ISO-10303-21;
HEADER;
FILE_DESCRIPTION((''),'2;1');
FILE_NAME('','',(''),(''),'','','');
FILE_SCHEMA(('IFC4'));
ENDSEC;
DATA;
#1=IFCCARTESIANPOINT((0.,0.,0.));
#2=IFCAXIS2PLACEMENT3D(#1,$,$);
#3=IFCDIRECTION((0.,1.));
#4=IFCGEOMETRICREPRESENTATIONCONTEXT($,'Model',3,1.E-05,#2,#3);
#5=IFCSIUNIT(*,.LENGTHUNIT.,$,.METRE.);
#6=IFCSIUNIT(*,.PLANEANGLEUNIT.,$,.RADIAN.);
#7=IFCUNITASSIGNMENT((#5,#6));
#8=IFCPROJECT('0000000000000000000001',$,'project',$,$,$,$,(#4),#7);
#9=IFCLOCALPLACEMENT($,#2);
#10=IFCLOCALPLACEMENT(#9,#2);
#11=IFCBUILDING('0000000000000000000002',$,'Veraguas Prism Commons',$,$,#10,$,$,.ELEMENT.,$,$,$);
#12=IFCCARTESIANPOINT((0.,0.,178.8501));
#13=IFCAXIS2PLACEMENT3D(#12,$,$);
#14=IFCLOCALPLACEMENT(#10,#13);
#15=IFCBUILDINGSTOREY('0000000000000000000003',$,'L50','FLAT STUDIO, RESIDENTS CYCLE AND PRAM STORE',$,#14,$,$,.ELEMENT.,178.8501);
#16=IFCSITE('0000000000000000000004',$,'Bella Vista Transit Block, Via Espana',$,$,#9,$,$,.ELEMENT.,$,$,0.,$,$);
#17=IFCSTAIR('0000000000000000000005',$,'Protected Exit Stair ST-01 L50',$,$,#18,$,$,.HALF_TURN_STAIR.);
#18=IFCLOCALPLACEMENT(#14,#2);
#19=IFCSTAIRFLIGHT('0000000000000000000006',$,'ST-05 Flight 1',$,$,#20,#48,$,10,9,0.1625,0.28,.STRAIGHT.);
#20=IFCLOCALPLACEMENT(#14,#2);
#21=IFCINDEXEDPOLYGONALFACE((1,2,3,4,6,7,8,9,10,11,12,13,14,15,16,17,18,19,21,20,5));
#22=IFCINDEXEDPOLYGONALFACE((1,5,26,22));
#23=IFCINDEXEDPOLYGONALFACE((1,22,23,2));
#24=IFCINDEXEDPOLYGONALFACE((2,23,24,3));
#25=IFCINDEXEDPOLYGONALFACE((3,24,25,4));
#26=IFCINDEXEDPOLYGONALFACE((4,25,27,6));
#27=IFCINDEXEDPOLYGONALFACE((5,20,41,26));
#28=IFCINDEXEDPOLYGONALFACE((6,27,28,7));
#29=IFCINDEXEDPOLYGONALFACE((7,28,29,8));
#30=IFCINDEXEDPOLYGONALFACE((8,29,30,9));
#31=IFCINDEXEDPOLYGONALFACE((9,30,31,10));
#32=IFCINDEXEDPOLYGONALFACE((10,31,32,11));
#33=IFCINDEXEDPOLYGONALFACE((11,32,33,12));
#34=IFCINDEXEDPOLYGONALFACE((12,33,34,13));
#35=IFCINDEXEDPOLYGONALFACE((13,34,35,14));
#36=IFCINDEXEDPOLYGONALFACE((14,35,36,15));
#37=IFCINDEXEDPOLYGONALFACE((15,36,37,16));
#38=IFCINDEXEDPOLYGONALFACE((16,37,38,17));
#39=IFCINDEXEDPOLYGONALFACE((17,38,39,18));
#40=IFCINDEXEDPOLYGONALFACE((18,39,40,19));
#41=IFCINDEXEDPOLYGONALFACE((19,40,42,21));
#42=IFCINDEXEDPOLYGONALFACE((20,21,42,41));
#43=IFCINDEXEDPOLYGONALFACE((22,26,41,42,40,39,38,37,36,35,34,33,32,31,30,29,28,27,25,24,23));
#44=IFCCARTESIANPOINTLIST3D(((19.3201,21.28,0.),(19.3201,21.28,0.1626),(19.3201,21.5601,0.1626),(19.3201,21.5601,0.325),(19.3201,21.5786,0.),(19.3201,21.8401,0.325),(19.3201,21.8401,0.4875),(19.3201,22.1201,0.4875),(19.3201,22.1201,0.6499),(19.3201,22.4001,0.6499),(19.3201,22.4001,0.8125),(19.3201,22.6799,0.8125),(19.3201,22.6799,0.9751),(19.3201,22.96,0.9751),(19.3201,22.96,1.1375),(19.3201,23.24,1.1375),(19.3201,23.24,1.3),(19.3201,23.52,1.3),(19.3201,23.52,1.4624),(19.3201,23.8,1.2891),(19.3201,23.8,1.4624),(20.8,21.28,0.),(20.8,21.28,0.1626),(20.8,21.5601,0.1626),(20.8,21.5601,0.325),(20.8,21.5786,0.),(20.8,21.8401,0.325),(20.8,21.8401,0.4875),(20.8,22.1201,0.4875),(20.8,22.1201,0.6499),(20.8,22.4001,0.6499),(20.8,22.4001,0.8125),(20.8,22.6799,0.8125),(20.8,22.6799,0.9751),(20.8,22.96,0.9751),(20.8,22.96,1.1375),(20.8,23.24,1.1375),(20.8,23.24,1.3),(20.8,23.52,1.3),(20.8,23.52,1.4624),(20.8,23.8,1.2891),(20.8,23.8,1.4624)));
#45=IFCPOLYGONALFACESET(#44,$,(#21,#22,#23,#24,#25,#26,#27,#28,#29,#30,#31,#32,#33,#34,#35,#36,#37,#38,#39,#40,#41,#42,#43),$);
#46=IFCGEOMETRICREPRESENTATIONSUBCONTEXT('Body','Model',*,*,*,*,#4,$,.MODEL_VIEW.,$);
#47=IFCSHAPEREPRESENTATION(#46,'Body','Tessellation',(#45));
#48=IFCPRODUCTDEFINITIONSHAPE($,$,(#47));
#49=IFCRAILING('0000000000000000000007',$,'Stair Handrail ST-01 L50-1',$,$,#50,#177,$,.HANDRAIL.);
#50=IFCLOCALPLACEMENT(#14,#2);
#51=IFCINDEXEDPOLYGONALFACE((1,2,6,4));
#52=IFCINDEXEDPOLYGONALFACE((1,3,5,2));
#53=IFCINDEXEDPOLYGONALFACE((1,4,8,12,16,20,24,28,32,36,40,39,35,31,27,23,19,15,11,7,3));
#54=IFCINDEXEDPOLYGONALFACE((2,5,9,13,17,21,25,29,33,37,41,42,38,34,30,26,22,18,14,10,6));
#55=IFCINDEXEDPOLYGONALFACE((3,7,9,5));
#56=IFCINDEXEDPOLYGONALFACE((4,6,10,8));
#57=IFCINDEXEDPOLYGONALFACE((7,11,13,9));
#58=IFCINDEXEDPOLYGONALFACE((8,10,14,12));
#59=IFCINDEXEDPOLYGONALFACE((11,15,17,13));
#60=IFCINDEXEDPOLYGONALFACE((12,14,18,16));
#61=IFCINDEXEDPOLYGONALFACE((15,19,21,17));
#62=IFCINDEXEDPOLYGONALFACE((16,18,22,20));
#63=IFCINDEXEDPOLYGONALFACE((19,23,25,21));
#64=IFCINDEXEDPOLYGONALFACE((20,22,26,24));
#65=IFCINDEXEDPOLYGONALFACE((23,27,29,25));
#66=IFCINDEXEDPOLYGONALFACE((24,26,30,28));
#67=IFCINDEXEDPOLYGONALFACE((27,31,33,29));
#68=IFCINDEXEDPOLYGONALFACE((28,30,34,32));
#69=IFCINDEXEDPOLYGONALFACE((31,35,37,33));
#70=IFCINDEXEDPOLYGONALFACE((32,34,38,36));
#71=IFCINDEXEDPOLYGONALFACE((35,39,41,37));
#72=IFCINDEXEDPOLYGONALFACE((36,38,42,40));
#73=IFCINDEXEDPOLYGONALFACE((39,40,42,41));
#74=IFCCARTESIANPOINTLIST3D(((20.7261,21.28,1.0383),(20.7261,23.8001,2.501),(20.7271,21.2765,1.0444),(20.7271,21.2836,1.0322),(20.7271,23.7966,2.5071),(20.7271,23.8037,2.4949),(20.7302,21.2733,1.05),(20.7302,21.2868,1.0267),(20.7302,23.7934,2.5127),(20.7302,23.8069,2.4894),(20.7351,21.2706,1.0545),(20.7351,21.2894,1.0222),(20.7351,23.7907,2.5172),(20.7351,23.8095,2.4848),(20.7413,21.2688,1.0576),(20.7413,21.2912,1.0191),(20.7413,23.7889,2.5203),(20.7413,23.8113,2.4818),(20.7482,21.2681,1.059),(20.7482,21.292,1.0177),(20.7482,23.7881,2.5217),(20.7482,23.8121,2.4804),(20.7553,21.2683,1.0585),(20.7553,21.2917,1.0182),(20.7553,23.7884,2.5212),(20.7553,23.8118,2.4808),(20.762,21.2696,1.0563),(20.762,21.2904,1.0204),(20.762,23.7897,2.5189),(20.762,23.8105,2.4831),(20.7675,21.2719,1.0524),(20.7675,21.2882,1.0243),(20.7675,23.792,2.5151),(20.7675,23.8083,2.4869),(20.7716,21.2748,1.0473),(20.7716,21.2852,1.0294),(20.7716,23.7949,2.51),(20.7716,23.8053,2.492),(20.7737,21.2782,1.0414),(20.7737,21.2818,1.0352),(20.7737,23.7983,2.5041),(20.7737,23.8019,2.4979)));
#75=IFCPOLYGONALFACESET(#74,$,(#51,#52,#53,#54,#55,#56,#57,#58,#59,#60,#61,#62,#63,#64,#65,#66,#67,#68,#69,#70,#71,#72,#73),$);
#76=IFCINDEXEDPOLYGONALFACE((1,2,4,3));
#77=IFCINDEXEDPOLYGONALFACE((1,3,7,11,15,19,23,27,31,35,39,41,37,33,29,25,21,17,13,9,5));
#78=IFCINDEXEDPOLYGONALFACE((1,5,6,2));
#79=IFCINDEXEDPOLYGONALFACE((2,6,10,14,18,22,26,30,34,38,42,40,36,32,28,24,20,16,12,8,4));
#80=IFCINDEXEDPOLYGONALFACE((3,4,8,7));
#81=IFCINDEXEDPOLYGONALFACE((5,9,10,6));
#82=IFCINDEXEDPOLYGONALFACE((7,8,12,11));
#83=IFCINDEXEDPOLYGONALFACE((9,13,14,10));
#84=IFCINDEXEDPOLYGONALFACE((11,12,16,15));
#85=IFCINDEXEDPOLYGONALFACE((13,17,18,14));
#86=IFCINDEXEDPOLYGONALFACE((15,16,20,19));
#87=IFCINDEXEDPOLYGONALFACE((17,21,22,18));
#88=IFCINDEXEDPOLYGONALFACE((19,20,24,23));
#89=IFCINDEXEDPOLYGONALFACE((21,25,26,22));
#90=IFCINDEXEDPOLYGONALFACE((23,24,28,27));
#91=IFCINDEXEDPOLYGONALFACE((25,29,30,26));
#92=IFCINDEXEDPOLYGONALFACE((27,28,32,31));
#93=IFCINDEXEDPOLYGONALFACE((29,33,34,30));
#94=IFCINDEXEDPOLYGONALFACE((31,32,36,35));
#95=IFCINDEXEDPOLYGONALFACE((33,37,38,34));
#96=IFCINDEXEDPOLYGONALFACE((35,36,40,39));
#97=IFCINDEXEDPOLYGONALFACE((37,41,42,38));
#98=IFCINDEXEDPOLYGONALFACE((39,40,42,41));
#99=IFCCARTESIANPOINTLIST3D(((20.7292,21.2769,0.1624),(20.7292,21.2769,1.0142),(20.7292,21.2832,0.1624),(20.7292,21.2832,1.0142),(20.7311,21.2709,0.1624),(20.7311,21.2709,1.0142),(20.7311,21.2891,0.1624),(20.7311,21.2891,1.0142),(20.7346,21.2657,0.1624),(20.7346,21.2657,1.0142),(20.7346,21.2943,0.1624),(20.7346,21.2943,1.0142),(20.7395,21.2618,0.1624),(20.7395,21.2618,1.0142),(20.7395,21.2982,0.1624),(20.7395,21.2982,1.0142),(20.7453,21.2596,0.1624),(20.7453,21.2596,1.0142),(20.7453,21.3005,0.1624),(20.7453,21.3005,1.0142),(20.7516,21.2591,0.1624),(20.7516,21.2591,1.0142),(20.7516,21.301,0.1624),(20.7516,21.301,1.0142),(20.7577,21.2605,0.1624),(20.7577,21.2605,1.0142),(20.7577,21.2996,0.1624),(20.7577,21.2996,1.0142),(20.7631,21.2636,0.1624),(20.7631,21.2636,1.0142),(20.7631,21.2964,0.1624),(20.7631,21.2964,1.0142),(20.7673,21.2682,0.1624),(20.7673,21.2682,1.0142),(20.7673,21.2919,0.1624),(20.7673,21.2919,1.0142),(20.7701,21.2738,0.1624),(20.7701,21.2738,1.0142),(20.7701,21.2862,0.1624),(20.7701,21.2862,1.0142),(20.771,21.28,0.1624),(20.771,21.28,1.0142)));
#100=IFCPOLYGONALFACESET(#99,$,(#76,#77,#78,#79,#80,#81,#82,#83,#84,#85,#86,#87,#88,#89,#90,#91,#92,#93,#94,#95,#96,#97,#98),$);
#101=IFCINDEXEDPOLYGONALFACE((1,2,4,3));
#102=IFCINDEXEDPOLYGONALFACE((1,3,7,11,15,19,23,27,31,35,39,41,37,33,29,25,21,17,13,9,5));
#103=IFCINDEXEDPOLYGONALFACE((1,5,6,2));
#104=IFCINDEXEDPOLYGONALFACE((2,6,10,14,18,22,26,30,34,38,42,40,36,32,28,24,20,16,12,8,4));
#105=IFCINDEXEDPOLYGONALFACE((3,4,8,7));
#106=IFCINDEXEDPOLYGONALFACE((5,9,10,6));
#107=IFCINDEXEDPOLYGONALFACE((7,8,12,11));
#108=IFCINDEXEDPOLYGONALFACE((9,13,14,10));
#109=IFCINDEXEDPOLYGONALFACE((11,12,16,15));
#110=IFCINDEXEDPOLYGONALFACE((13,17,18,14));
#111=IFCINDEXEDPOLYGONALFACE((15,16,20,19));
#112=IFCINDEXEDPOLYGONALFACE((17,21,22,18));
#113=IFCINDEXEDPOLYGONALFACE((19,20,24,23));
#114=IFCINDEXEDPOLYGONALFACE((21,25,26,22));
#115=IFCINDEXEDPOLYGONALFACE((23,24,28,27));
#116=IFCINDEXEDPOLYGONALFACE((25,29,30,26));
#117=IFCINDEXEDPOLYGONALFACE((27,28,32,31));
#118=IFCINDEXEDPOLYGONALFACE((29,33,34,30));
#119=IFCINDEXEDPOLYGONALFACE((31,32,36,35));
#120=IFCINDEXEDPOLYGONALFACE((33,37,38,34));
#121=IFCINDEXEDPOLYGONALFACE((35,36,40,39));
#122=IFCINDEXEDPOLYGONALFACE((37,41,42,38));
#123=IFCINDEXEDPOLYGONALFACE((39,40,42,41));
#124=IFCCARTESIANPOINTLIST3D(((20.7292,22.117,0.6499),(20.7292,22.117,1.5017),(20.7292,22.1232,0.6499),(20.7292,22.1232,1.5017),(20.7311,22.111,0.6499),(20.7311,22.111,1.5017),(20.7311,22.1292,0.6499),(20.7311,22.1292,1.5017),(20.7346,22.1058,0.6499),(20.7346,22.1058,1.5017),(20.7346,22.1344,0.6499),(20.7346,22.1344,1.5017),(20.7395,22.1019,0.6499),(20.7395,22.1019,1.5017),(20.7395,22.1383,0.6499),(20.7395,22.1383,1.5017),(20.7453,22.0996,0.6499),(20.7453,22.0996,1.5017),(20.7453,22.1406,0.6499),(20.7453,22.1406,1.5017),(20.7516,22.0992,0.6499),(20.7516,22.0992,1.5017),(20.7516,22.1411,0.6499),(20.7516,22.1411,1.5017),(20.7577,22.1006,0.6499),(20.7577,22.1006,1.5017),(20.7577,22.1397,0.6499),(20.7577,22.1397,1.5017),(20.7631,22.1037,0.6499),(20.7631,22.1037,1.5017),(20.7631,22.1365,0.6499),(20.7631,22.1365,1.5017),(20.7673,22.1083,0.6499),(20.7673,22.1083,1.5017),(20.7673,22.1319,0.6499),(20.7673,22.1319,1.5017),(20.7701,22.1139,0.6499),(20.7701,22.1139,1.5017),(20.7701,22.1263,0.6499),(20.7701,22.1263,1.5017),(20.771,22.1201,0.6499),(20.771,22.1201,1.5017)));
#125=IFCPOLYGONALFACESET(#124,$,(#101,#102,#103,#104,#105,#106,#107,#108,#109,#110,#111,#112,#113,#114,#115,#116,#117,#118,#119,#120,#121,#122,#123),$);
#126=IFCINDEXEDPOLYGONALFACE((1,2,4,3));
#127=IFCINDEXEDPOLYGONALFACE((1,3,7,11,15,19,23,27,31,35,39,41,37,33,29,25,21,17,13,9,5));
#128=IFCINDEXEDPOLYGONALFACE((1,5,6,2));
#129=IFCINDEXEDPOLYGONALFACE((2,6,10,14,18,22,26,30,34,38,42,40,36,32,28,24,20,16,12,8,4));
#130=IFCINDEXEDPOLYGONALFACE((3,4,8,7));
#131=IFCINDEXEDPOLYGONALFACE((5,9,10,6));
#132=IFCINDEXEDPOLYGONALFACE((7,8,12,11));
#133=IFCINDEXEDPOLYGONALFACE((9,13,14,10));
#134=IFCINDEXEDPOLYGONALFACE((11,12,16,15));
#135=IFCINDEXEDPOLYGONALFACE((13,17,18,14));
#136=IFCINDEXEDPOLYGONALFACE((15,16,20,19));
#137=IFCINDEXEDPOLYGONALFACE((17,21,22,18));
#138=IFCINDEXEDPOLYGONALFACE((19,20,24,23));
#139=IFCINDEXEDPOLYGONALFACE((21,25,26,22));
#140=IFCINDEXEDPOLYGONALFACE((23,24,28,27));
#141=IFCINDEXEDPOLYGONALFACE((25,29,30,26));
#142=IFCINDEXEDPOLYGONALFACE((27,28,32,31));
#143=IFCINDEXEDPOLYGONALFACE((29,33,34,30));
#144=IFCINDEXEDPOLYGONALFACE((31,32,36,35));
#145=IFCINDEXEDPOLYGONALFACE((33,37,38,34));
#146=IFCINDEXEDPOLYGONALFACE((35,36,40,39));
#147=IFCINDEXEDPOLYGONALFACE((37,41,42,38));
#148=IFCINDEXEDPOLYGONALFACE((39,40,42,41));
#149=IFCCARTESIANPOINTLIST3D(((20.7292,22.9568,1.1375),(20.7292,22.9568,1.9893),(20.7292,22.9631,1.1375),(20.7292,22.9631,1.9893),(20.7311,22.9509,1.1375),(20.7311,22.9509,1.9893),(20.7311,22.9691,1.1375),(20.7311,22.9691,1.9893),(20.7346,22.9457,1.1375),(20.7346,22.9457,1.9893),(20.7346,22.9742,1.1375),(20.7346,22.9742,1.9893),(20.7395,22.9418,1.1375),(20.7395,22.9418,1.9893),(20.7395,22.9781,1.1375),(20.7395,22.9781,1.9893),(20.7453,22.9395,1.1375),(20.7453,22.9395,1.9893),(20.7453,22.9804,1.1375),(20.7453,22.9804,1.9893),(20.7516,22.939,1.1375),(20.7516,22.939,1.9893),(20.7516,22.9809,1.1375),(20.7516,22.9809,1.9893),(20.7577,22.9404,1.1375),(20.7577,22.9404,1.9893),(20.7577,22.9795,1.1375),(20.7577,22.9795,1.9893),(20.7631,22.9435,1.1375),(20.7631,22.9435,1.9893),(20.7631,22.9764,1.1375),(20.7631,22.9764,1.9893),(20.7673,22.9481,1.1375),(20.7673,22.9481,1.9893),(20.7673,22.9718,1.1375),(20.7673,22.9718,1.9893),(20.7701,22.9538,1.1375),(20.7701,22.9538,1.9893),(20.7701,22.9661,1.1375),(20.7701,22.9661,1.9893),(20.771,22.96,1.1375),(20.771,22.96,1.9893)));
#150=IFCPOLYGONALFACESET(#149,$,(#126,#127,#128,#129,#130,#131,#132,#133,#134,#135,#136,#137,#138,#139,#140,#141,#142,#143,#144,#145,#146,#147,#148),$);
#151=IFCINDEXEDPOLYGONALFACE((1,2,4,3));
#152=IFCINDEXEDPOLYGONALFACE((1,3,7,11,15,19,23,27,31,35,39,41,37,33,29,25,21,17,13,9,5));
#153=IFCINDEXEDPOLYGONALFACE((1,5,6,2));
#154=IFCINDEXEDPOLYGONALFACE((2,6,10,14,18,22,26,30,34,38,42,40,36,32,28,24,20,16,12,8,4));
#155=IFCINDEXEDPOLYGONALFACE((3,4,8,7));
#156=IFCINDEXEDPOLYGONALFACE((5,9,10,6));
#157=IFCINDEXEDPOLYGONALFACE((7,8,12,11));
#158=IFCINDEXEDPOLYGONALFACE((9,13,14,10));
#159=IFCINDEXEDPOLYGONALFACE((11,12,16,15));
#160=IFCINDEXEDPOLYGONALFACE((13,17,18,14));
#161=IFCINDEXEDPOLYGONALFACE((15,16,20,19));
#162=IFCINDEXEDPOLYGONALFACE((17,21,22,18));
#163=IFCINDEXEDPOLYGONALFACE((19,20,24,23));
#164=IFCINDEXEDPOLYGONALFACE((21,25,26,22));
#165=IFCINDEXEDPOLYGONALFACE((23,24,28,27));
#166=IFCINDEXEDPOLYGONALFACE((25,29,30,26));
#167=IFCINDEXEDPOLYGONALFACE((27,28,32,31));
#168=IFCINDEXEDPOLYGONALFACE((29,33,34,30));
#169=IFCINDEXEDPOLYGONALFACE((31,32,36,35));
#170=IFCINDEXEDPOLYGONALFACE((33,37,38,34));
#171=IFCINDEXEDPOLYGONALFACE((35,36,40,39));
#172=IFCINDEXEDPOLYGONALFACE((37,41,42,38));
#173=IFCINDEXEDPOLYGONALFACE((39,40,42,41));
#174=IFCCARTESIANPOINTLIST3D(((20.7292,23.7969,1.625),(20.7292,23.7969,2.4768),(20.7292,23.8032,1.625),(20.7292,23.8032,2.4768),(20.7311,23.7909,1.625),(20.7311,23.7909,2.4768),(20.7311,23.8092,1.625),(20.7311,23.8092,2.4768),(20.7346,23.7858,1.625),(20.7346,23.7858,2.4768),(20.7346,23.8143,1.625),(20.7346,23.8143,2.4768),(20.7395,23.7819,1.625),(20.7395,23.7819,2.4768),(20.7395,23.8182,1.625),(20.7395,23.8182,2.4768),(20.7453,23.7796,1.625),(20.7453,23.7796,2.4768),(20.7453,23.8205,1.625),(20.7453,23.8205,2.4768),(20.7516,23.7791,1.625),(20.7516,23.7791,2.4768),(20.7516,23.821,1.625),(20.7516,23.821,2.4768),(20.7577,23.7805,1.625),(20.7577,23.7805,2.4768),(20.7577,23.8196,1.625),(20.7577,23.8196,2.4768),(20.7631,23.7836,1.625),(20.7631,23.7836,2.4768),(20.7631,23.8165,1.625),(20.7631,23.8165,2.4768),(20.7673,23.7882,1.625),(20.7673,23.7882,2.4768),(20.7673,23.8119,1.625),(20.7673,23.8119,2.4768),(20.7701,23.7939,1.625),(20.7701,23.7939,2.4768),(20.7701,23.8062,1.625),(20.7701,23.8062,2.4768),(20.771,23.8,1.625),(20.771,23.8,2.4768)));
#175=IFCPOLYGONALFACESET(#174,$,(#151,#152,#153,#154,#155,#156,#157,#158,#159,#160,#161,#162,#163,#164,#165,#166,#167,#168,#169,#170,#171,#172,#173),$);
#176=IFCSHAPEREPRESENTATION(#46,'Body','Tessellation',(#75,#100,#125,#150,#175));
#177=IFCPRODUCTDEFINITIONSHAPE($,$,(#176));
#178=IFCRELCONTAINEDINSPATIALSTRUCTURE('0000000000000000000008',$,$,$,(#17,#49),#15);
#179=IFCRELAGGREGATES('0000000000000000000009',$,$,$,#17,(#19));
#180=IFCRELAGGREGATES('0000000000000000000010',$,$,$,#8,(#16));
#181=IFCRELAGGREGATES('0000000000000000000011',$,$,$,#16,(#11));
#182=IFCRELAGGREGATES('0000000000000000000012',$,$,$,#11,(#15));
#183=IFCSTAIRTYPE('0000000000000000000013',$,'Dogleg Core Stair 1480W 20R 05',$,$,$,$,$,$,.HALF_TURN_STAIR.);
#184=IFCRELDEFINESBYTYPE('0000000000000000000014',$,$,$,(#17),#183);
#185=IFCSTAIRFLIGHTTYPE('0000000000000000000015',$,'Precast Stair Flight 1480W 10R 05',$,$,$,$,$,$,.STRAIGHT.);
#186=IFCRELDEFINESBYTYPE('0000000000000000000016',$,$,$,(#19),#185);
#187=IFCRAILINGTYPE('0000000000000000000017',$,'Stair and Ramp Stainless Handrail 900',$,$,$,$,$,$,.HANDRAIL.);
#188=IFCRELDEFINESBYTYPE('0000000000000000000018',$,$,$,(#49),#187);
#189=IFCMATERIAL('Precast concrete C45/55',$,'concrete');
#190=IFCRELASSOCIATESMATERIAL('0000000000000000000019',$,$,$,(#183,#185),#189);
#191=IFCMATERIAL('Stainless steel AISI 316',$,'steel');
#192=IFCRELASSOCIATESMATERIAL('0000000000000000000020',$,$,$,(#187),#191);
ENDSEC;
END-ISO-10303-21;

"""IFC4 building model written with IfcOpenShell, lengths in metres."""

from ifc_helpers import new_model, si_unit, direction, frame, origin, origin_2d, place, context, subcontext, project, spatial, polyline, circle, outline, extrude, material, type_object, element, aggregate, save


model = new_model("IFC4")

# Units and contexts
model_context = context("Model", 3, precision=1e-05, world=origin(), true_north=direction((0.0, 1.0)))
body_context = subcontext(model_context, "Body", "Model", "MODEL_VIEW")
ifc_project = project(units=[si_unit("LENGTHUNIT", "METRE"), si_unit("PLANEANGLEUNIT", "RADIAN")], contexts=[model_context])

# Site, building, storey
site_placement = place(None, origin())
site = spatial("IfcSite", under=ifc_project, at=site_placement, Name="Bella Vista Transit Block, Via Espana", CompositionType="ELEMENT", RefElevation=0.0)
building_placement = place(site_placement, origin())
building = spatial("IfcBuilding", under=site, at=building_placement, Name="Veraguas Prism Commons", CompositionType="ELEMENT")
storey_placement = place(building_placement, frame((0.0, 0.0, 178.8501)))
storey = spatial("IfcBuildingStorey", under=building, at=storey_placement, Name="L50", Description="FLAT STUDIO, RESIDENTS CYCLE AND PRAM STORE", CompositionType="ELEMENT", Elevation=178.8501)

# Shared definitions
ifc_material_1 = material(Name="Stainless steel AISI 316", Category="steel")

# Stair, stair flight
ifc_material_2 = material(Name="Precast concrete C45/55", Category="concrete")
stair_type = type_object("IfcStairType", Name="Dogleg Core Stair 1480W 20R 05", PredefinedType="HALF_TURN_STAIR", material=ifc_material_2)
stair_placement = place(storey_placement, origin())
stair = element("IfcStair", 1, at=stair_placement, inside=storey, type_object=stair_type, Name="Protected Exit Stair ST-01 L50", PredefinedType="HALF_TURN_STAIR")
stair_flight_type = type_object("IfcStairFlightType", Name="Precast Stair Flight 1480W 10R 05", PredefinedType="STRAIGHT", material=ifc_material_2)
stair_flight_placement = place(storey_placement, frame((20.0601, 21.28, 0.0), z_axis=(0.0, 0.0, 1.0), x_axis=(0.0, 1.0, 0.0)))
stair_flight = element("IfcStairFlight", 2, at=stair_flight_placement, type_object=stair_flight_type, Name="ST-05 Flight 1", NumberOfRisers=10, NumberOfTreads=9, PredefinedType="STRAIGHT", RiserHeight=0.1625, TreadLength=0.28, context=body_context, shape_type="SweptSolid", body=[
    extrude(outline(polyline([(0.0, 0.0), (0.0, 0.1626), (0.28, 0.1626), (0.28, 0.325), (0.5601, 0.325), (0.5601, 0.4875), (0.8401, 0.4875), (0.8401, 0.6499), (1.1201, 0.6499), (1.1201, 0.8125), (1.3999, 0.8125), (1.3999, 0.9751), (1.6799, 0.9751), (1.6799, 1.1375), (1.96, 1.1375), (1.96, 1.3), (2.24, 1.3), (2.24, 1.4624), (2.52, 1.4624), (2.52, 1.625), (2.52, 1.2891), (0.2986, 0.0), (0.0, 0.0)])), frame((0.0, 0.74, 0.0), z_axis=(0.0, -1.0, 0.0), x_axis=(1.0, 0.0, 0.0)), (0.0, 0.0, 1.0), 1.48),
])
aggregate(stair, [stair_flight])

# Railing
railing_type_1 = type_object("IfcRailingType", Name="Stair and Ramp Stainless Handrail 900", PredefinedType="HANDRAIL", material=ifc_material_1)
railing_1_placement = place(storey_placement, frame((20.75, 21.28, 0.1624)))
element("IfcRailing", 3, at=railing_1_placement, inside=storey, type_object=railing_type_1, Name="Stair Handrail ST-01 L50-1", PredefinedType="HANDRAIL", context=body_context, shape_type="SweptSolid", body=[
    extrude(circle(Radius=0.0239, at=origin_2d()), frame((0.0, 0.0, 0.876), z_axis=(0.0, 0.864877, 0.501984), x_axis=(-1.0, 0.0, 0.0)), (0.0, 0.0, 1.0), 2.9138),
    extrude(circle(Radius=0.021, at=origin_2d()), origin(), (0.0, 0.0, 1.0), 0.8518),
    extrude(circle(Radius=0.021, at=origin_2d()), frame((0.0, 0.8401, 0.4875)), (0.0, 0.0, 1.0), 0.8518),
    extrude(circle(Radius=0.021, at=origin_2d()), frame((0.0, 1.6799, 0.9751)), (0.0, 0.0, 1.0), 0.8518),
    extrude(circle(Radius=0.021, at=origin_2d()), frame((0.0, 2.52, 1.4626)), (0.0, 0.0, 1.0), 0.8518),
])

save(model, "model.ifc")
